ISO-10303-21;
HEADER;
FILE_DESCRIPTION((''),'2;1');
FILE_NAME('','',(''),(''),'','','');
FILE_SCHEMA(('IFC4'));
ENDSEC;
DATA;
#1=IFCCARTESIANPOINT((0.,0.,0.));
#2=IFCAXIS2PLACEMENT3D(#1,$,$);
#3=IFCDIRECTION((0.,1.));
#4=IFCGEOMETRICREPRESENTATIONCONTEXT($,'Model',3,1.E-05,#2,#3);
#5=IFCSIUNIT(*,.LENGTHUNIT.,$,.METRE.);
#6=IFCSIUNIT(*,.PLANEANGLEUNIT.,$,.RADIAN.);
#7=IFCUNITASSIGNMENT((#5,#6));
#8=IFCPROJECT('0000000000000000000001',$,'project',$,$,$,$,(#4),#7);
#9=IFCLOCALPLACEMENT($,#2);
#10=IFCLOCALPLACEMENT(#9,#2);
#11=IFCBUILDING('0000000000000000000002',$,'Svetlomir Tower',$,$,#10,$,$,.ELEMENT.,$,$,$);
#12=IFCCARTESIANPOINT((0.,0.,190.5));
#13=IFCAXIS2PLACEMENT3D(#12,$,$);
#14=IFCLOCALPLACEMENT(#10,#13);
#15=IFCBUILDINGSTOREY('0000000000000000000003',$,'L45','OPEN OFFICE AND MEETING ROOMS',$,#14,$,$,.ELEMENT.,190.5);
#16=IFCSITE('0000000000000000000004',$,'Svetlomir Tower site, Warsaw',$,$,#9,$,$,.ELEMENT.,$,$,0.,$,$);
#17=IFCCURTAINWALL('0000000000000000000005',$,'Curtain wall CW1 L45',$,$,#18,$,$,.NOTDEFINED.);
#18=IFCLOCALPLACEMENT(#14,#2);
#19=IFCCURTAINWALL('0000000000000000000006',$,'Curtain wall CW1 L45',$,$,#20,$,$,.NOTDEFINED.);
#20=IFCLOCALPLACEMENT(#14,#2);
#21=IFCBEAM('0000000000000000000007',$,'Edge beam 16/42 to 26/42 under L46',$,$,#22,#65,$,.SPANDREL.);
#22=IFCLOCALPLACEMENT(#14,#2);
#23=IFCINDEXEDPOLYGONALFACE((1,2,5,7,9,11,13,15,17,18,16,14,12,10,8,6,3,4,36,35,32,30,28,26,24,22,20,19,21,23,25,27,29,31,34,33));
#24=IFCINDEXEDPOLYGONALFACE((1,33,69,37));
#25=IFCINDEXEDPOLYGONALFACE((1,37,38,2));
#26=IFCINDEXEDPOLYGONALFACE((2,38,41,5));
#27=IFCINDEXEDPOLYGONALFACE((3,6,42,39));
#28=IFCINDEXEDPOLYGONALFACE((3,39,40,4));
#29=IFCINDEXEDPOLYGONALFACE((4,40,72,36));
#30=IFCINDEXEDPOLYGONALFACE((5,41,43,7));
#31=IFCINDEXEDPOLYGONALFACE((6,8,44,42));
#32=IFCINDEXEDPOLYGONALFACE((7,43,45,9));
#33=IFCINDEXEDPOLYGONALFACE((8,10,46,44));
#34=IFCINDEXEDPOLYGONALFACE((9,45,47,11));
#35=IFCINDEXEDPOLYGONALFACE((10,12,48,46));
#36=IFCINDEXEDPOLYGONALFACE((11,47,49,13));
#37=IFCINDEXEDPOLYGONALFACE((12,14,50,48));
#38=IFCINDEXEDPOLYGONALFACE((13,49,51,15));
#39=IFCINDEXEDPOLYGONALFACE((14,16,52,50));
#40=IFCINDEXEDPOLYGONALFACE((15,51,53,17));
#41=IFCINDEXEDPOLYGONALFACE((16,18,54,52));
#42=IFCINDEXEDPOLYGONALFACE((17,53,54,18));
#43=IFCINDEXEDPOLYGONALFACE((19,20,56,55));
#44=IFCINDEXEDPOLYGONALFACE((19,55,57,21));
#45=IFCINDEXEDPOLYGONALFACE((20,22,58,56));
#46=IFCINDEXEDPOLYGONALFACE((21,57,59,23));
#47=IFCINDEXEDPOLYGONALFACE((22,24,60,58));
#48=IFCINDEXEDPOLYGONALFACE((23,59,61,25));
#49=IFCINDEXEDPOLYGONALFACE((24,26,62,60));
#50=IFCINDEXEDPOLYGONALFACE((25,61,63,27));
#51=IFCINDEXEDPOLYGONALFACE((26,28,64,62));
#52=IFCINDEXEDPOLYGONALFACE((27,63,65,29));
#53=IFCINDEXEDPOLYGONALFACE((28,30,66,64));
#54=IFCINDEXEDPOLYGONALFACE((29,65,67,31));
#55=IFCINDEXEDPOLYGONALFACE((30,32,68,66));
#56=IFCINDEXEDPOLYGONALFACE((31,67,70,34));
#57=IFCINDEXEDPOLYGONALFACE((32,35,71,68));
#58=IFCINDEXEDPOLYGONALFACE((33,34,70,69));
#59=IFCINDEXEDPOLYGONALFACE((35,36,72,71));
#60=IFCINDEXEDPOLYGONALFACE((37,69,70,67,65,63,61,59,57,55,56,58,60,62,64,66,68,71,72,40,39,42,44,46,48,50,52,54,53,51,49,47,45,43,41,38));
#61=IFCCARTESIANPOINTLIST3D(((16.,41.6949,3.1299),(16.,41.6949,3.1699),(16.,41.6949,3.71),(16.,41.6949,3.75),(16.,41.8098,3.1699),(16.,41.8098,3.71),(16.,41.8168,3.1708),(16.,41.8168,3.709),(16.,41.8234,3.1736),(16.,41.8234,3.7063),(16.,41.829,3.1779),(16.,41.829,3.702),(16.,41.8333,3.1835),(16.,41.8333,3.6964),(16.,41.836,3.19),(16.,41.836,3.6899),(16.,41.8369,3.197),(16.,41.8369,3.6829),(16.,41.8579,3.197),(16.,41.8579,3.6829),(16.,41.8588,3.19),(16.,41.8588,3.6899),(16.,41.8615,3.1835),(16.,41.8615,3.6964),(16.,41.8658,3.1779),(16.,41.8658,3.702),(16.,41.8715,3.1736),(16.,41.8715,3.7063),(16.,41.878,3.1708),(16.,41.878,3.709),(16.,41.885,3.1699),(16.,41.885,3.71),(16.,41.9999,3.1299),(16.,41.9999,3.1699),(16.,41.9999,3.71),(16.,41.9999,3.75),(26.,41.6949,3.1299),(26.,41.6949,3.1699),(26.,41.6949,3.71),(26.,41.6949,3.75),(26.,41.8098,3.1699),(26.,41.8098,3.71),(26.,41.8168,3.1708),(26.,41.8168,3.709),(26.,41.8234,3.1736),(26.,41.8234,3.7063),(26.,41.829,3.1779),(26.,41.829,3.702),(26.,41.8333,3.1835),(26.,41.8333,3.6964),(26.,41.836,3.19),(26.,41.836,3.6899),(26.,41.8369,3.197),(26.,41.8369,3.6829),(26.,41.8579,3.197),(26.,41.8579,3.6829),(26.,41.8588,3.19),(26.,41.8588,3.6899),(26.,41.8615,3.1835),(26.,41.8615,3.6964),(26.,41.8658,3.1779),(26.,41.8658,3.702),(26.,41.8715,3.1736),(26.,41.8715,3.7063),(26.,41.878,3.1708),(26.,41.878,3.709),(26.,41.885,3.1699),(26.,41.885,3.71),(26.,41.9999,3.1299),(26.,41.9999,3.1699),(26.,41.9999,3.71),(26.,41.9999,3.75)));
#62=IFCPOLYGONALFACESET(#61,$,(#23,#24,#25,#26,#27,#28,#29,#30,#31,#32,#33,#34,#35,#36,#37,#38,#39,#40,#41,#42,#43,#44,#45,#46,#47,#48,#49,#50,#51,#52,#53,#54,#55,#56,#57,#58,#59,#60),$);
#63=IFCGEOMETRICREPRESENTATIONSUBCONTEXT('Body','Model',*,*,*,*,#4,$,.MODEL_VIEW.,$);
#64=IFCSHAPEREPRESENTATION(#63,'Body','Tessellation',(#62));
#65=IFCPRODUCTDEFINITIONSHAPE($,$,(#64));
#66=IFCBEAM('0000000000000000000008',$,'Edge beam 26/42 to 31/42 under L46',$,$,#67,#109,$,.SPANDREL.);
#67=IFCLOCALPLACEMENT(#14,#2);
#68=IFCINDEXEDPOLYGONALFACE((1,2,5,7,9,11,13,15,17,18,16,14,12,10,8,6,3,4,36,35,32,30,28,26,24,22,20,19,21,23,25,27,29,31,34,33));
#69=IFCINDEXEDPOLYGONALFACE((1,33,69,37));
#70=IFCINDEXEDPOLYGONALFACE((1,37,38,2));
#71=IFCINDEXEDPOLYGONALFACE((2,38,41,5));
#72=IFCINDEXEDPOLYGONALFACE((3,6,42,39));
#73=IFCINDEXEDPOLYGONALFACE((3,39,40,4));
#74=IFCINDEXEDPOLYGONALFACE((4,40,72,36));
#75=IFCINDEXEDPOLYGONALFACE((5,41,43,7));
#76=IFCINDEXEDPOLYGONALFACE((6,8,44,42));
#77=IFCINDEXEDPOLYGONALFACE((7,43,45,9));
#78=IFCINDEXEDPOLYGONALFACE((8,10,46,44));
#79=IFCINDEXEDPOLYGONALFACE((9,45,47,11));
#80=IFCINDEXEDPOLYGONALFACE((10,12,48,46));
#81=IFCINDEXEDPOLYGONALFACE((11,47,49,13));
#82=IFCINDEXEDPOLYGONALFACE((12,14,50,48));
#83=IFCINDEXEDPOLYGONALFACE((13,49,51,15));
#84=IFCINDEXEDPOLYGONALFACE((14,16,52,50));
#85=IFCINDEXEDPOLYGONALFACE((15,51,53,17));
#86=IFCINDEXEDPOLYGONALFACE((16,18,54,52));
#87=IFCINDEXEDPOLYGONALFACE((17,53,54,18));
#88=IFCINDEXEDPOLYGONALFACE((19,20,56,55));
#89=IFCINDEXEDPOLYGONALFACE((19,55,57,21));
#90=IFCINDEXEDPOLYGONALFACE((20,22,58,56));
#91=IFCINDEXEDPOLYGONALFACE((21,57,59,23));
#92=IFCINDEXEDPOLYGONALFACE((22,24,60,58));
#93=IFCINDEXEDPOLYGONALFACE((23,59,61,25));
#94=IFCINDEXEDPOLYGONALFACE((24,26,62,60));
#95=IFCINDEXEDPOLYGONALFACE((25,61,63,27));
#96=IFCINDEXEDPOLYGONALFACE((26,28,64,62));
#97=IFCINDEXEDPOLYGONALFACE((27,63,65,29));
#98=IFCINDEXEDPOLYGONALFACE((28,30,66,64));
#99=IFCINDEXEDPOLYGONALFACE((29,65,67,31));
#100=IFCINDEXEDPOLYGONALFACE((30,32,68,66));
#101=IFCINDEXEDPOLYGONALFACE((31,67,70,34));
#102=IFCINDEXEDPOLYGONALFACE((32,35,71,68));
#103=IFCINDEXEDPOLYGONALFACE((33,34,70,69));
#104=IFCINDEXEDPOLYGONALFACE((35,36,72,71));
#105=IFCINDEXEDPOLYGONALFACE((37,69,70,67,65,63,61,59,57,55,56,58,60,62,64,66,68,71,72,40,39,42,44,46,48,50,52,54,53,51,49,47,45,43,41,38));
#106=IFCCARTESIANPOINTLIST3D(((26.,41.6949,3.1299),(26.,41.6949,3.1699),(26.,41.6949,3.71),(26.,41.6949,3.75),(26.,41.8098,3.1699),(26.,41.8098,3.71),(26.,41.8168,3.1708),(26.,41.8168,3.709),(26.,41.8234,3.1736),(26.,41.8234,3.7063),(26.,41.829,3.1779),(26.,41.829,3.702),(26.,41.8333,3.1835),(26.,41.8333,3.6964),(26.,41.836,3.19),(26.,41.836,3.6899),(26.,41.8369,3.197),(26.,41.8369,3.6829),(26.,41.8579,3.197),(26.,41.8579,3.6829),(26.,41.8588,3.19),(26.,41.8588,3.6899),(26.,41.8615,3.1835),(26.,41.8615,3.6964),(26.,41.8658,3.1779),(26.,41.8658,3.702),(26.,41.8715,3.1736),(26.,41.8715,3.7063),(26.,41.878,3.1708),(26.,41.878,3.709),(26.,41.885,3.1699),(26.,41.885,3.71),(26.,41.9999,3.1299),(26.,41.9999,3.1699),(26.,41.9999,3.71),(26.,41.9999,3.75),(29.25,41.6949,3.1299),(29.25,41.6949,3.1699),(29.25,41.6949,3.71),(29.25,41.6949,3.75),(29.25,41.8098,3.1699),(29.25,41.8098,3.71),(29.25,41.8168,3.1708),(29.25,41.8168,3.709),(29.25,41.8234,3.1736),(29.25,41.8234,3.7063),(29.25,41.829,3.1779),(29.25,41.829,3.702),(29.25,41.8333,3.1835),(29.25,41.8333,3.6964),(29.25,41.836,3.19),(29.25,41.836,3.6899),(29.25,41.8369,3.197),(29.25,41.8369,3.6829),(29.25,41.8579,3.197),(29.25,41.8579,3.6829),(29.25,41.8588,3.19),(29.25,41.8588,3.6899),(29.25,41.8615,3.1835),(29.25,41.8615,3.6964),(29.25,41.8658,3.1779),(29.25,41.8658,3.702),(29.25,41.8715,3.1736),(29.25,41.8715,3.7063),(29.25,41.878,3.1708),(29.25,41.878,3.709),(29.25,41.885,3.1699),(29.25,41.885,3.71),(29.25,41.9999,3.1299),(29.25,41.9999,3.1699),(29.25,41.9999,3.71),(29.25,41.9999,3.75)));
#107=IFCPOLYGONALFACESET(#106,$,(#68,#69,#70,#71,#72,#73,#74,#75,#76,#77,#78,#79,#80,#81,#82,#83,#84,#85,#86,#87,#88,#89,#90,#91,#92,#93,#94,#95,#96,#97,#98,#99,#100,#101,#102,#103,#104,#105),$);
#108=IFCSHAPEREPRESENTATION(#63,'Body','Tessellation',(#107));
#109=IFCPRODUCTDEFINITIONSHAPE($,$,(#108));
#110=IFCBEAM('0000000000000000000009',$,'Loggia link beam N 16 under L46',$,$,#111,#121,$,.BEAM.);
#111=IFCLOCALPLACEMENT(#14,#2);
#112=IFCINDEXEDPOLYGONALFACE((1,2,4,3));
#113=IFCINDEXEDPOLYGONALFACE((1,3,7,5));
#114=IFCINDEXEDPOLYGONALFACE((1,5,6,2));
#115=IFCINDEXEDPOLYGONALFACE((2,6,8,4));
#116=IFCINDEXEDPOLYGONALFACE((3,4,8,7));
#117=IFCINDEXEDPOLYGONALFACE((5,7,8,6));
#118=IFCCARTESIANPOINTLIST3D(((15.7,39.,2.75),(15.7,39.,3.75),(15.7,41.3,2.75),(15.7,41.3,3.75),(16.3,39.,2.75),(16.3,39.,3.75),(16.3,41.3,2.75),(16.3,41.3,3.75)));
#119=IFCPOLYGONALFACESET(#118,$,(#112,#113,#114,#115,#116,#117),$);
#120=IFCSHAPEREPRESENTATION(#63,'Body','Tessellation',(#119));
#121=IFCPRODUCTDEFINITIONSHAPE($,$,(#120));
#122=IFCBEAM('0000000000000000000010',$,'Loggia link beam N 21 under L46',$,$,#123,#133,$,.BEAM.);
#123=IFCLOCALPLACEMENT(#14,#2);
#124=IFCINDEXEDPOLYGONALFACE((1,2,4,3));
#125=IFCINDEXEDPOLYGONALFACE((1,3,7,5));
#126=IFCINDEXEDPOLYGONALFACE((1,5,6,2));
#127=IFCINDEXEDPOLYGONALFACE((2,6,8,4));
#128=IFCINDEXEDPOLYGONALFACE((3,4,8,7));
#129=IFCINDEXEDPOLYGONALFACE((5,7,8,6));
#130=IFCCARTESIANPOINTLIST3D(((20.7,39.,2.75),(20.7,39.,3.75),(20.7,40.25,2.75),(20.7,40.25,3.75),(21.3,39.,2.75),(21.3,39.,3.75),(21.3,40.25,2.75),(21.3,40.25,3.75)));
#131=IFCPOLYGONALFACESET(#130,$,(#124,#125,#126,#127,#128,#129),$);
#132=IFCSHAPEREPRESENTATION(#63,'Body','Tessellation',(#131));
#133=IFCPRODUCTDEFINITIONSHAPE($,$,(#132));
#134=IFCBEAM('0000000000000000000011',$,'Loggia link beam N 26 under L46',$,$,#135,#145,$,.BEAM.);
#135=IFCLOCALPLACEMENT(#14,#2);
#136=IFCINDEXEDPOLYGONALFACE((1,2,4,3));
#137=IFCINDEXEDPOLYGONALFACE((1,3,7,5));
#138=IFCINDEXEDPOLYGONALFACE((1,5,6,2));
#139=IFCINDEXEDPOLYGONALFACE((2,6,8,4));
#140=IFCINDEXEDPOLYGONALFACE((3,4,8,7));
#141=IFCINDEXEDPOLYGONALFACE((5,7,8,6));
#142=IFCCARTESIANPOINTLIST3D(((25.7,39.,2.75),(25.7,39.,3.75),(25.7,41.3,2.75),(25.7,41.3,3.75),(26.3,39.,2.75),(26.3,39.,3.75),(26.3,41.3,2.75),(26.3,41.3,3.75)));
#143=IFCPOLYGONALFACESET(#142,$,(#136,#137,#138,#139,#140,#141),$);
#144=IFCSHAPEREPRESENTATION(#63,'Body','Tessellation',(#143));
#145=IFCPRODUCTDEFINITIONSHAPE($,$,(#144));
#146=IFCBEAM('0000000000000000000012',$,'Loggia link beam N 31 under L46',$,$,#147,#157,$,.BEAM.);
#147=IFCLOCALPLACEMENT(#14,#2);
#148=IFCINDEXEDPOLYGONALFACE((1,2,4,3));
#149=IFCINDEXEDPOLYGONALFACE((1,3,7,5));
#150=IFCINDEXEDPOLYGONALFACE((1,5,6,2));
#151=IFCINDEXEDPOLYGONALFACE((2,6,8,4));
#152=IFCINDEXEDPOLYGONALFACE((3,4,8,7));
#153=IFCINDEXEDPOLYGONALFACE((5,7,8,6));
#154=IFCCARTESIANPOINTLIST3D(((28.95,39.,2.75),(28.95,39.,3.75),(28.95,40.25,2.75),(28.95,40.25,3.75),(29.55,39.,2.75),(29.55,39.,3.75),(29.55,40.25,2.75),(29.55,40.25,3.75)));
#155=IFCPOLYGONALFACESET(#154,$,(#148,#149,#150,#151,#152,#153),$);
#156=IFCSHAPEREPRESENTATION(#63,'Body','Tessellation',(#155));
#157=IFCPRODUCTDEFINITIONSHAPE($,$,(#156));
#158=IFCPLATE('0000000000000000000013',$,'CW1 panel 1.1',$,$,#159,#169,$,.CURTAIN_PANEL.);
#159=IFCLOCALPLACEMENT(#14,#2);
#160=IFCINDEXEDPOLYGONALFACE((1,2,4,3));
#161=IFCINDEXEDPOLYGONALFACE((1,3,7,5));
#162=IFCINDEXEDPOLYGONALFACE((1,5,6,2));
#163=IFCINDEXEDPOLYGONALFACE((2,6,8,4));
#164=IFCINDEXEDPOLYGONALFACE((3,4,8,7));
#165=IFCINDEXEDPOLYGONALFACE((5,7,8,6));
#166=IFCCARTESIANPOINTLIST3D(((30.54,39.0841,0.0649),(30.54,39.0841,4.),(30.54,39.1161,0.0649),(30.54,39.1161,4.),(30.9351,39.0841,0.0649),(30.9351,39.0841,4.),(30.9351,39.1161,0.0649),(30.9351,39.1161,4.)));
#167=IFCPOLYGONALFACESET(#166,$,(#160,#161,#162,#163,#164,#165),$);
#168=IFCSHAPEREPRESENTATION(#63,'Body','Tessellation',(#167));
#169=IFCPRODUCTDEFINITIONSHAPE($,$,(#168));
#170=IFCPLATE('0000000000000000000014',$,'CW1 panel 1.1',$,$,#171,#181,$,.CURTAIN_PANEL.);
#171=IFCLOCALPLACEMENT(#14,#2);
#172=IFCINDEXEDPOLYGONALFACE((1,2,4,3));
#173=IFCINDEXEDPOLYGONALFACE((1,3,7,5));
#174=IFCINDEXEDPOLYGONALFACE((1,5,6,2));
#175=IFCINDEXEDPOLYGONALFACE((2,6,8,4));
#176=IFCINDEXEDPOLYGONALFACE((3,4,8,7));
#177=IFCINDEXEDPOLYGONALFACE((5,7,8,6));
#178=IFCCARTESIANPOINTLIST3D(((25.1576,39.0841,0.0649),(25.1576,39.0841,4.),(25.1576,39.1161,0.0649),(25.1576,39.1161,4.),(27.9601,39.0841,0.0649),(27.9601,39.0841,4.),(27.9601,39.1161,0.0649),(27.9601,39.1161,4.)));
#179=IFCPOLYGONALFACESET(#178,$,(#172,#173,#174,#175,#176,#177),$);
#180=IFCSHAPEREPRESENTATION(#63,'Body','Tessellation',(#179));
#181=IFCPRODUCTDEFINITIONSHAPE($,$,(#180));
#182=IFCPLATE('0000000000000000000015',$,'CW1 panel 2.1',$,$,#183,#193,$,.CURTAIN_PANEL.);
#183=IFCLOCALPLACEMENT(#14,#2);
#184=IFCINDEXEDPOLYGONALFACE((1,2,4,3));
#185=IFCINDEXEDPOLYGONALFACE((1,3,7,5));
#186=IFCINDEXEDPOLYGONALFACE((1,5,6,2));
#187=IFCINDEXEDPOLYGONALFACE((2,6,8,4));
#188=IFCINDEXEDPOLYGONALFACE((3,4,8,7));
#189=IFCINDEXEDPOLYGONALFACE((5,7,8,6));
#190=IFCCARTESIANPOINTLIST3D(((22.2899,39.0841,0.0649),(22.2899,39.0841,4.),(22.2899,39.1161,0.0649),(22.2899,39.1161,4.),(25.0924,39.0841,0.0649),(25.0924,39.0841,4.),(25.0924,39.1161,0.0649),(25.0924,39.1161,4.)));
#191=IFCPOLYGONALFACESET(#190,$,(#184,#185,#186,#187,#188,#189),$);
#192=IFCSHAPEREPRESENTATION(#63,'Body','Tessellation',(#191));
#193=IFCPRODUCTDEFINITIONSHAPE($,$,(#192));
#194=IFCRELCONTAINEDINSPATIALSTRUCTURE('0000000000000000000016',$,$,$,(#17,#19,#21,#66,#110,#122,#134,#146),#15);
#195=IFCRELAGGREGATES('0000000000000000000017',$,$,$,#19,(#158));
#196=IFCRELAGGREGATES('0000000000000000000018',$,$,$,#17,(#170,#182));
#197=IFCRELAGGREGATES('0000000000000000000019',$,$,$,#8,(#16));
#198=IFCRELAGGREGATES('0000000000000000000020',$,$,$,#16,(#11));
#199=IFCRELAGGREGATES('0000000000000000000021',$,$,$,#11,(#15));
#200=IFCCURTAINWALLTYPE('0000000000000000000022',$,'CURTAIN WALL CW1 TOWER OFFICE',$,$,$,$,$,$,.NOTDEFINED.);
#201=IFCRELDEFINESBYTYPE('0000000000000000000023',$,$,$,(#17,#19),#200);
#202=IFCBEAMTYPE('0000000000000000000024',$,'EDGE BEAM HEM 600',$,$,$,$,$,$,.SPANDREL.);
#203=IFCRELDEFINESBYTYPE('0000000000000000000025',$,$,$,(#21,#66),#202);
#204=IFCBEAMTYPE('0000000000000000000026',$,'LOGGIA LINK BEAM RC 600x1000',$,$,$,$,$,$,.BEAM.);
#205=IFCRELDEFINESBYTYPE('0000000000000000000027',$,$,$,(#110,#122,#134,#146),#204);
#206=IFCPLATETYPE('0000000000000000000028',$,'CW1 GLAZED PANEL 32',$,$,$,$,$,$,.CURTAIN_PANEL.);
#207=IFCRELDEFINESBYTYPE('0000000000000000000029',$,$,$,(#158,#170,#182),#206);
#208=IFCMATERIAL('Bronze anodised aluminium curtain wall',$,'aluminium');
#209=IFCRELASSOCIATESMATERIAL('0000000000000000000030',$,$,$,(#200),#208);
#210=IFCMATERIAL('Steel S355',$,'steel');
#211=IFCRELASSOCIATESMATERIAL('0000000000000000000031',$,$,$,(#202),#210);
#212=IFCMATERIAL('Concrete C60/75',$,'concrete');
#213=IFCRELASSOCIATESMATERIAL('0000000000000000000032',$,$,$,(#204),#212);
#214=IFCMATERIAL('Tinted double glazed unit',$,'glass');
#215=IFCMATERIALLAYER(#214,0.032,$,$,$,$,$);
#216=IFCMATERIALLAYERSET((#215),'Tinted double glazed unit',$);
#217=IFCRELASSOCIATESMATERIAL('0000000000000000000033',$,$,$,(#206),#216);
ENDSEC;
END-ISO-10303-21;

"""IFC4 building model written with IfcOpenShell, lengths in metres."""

from ifc_helpers import new_model, si_unit, direction, frame, origin, origin_2d, place, context, subcontext, project, spatial, rectangle, i_section, extrude, material, layer, layer_set, material_profile, profile_set, type_object, element, aggregate, save


model = new_model("IFC4")

# Units and contexts
model_context = context("Model", 3, precision=1e-05, world=origin(), true_north=direction((0.0, 1.0)))
body_context = subcontext(model_context, "Body", "Model", "MODEL_VIEW")
ifc_project = project(units=[si_unit("LENGTHUNIT", "METRE"), si_unit("PLANEANGLEUNIT", "RADIAN")], contexts=[model_context])

# Site, building, storey
site_placement = place(None, origin())
site = spatial("IfcSite", under=ifc_project, at=site_placement, Name="Svetlomir Tower site, Warsaw", CompositionType="ELEMENT", RefElevation=0.0)
building_placement = place(site_placement, origin())
building = spatial("IfcBuilding", under=site, at=building_placement, Name="Svetlomir Tower", CompositionType="ELEMENT")
storey_placement = place(building_placement, frame((0.0, 0.0, 190.5)))
storey = spatial("IfcBuildingStorey", under=building, at=storey_placement, Name="L45", Description="OPEN OFFICE AND MEETING ROOMS", CompositionType="ELEMENT", Elevation=190.5)

# Curtain walls
ifc_material_1 = material(Name="Bronze anodised aluminium curtain wall", Category="aluminium")
curtain_wall_type = type_object("IfcCurtainWallType", Name="CURTAIN WALL CW1 TOWER OFFICE", PredefinedType="NOTDEFINED", material=ifc_material_1)
curtain_wall_1_placement = place(storey_placement, origin())
curtain_wall_1 = element("IfcCurtainWall", 1, at=curtain_wall_1_placement, inside=storey, type_object=curtain_wall_type, Name="Curtain wall CW1 L45", PredefinedType="NOTDEFINED")
curtain_wall_2_placement = place(storey_placement, origin())
curtain_wall_2 = element("IfcCurtainWall", 2, at=curtain_wall_2_placement, inside=storey, type_object=curtain_wall_type, Name="Curtain wall CW1 L45", PredefinedType="NOTDEFINED")

# Beams
ifc_material_2 = material(Name="Steel S355", Category="steel")
ifc_material_profile_1 = material_profile(ifc_material_2, i_section(OverallWidth=0.3049, OverallDepth=0.6201, WebThickness=0.021, FlangeThickness=0.04, FilletRadius=0.0271, at=origin_2d()), Name="HEM 600")
ifc_profile_set_1 = profile_set([ifc_material_profile_1], Name="Steel S355")
beam_type_1 = type_object("IfcBeamType", Name="EDGE BEAM HEM 600", PredefinedType="SPANDREL", material=ifc_profile_set_1)
beam_1_placement = place(storey_placement, frame((16.0, 41.8474, 3.4399), z_axis=(1.0, 0.0, 0.0), x_axis=(0.0, 1.0, 0.0)))
element("IfcBeam", 3, at=beam_1_placement, inside=storey, type_object=beam_type_1, Name="Edge beam 16/42 to 26/42 under L46", PredefinedType="SPANDREL", context=body_context, shape_type="SweptSolid", body=[
    extrude(i_section(OverallWidth=0.3049, OverallDepth=0.6201, WebThickness=0.021, FlangeThickness=0.04, FilletRadius=0.0271, at=origin_2d()), origin(), (0.0, 0.0, 1.0), 10.0),
])
beam_2_placement = place(storey_placement, frame((26.0, 41.8474, 3.4399), z_axis=(1.0, 0.0, 0.0), x_axis=(0.0, 1.0, 0.0)))
element("IfcBeam", 4, at=beam_2_placement, inside=storey, type_object=beam_type_1, Name="Edge beam 26/42 to 31/42 under L46", PredefinedType="SPANDREL", context=body_context, shape_type="SweptSolid", body=[
    extrude(i_section(OverallWidth=0.3049, OverallDepth=0.6201, WebThickness=0.021, FlangeThickness=0.04, FilletRadius=0.0271, at=origin_2d()), origin(), (0.0, 0.0, 1.0), 3.25),
])
ifc_material_3 = material(Name="Concrete C60/75", Category="concrete")
ifc_material_profile_2 = material_profile(ifc_material_3, rectangle(XDim=0.6001, YDim=1.0, at=origin_2d()), Name="RC 600x1000")
ifc_profile_set_2 = profile_set([ifc_material_profile_2], Name="Concrete C60/75")
beam_type_2 = type_object("IfcBeamType", Name="LOGGIA LINK BEAM RC 600x1000", PredefinedType="BEAM", material=ifc_profile_set_2)
beam_3_placement = place(storey_placement, frame((16.0, 41.3, 3.25), z_axis=(0.0, -1.0, 0.0), x_axis=(1.0, 0.0, 0.0)))
element("IfcBeam", 5, at=beam_3_placement, inside=storey, type_object=beam_type_2, Name="Loggia link beam N 16 under L46", PredefinedType="BEAM", context=body_context, shape_type="SweptSolid", body=[
    extrude(rectangle(XDim=0.6001, YDim=1.0, at=origin_2d()), origin(), (0.0, 0.0, 1.0), 2.3),
])
beam_4_placement = place(storey_placement, frame((21.0, 40.25, 3.25), z_axis=(0.0, -1.0, 0.0), x_axis=(1.0, 0.0, 0.0)))
element("IfcBeam", 6, at=beam_4_placement, inside=storey, type_object=beam_type_2, Name="Loggia link beam N 21 under L46", PredefinedType="BEAM", context=body_context, shape_type="SweptSolid", body=[
    extrude(rectangle(XDim=0.6001, YDim=1.0, at=origin_2d()), origin(), (0.0, 0.0, 1.0), 1.25),
])
beam_5_placement = place(storey_placement, frame((26.0, 41.3, 3.25), z_axis=(0.0, -1.0, 0.0), x_axis=(1.0, 0.0, 0.0)))
element("IfcBeam", 7, at=beam_5_placement, inside=storey, type_object=beam_type_2, Name="Loggia link beam N 26 under L46", PredefinedType="BEAM", context=body_context, shape_type="SweptSolid", body=[
    extrude(rectangle(XDim=0.6001, YDim=1.0, at=origin_2d()), origin(), (0.0, 0.0, 1.0), 2.3),
])
beam_6_placement = place(storey_placement, frame((29.25, 40.25, 3.25), z_axis=(0.0, -1.0, 0.0), x_axis=(1.0, 0.0, 0.0)))
element("IfcBeam", 8, at=beam_6_placement, inside=storey, type_object=beam_type_2, Name="Loggia link beam N 31 under L46", PredefinedType="BEAM", context=body_context, shape_type="SweptSolid", body=[
    extrude(rectangle(XDim=0.6001, YDim=1.0, at=origin_2d()), origin(), (0.0, 0.0, 1.0), 1.25),
])

# Plates
ifc_material_4 = material(Name="Tinted double glazed unit", Category="glass")
ifc_layer_1 = layer(ifc_material_4, 0.032)
ifc_layer_set_1 = layer_set([ifc_layer_1], Name="Tinted double glazed unit")
plate_type = type_object("IfcPlateType", Name="CW1 GLAZED PANEL 32", PredefinedType="CURTAIN_PANEL", material=ifc_layer_set_1)
plate_1_placement = place(storey_placement, frame((30.7375, 39.1001, 0.0649), z_axis=(0.0, 0.0, 1.0), x_axis=(-1.0, 0.0, 0.0)))
plate_1 = element("IfcPlate", 9, at=plate_1_placement, type_object=plate_type, Name="CW1 panel 1.1", PredefinedType="CURTAIN_PANEL", context=body_context, shape_type="SweptSolid", body=[
    extrude(rectangle(XDim=0.395, YDim=0.032, at=origin_2d()), origin(), (0.0, 0.0, 1.0), 3.9351),
])
aggregate(curtain_wall_2, [plate_1])
plate_2_placement = place(storey_placement, frame((26.5588, 39.1001, 0.0649), z_axis=(0.0, 0.0, 1.0), x_axis=(-1.0, 0.0, 0.0)))
plate_2 = element("IfcPlate", 10, at=plate_2_placement, type_object=plate_type, Name="CW1 panel 1.1", PredefinedType="CURTAIN_PANEL", context=body_context, shape_type="SweptSolid", body=[
    extrude(rectangle(XDim=2.8025, YDim=0.032, at=origin_2d()), origin(), (0.0, 0.0, 1.0), 3.9351),
])
plate_3_placement = place(storey_placement, frame((23.6912, 39.1001, 0.0649), z_axis=(0.0, 0.0, 1.0), x_axis=(-1.0, 0.0, 0.0)))
plate_3 = element("IfcPlate", 11, at=plate_3_placement, type_object=plate_type, Name="CW1 panel 2.1", PredefinedType="CURTAIN_PANEL", context=body_context, shape_type="SweptSolid", body=[
    extrude(rectangle(XDim=2.8025, YDim=0.032, at=origin_2d()), origin(), (0.0, 0.0, 1.0), 3.9351),
])
aggregate(curtain_wall_1, [plate_2, plate_3])

save(model, "model.ifc")
